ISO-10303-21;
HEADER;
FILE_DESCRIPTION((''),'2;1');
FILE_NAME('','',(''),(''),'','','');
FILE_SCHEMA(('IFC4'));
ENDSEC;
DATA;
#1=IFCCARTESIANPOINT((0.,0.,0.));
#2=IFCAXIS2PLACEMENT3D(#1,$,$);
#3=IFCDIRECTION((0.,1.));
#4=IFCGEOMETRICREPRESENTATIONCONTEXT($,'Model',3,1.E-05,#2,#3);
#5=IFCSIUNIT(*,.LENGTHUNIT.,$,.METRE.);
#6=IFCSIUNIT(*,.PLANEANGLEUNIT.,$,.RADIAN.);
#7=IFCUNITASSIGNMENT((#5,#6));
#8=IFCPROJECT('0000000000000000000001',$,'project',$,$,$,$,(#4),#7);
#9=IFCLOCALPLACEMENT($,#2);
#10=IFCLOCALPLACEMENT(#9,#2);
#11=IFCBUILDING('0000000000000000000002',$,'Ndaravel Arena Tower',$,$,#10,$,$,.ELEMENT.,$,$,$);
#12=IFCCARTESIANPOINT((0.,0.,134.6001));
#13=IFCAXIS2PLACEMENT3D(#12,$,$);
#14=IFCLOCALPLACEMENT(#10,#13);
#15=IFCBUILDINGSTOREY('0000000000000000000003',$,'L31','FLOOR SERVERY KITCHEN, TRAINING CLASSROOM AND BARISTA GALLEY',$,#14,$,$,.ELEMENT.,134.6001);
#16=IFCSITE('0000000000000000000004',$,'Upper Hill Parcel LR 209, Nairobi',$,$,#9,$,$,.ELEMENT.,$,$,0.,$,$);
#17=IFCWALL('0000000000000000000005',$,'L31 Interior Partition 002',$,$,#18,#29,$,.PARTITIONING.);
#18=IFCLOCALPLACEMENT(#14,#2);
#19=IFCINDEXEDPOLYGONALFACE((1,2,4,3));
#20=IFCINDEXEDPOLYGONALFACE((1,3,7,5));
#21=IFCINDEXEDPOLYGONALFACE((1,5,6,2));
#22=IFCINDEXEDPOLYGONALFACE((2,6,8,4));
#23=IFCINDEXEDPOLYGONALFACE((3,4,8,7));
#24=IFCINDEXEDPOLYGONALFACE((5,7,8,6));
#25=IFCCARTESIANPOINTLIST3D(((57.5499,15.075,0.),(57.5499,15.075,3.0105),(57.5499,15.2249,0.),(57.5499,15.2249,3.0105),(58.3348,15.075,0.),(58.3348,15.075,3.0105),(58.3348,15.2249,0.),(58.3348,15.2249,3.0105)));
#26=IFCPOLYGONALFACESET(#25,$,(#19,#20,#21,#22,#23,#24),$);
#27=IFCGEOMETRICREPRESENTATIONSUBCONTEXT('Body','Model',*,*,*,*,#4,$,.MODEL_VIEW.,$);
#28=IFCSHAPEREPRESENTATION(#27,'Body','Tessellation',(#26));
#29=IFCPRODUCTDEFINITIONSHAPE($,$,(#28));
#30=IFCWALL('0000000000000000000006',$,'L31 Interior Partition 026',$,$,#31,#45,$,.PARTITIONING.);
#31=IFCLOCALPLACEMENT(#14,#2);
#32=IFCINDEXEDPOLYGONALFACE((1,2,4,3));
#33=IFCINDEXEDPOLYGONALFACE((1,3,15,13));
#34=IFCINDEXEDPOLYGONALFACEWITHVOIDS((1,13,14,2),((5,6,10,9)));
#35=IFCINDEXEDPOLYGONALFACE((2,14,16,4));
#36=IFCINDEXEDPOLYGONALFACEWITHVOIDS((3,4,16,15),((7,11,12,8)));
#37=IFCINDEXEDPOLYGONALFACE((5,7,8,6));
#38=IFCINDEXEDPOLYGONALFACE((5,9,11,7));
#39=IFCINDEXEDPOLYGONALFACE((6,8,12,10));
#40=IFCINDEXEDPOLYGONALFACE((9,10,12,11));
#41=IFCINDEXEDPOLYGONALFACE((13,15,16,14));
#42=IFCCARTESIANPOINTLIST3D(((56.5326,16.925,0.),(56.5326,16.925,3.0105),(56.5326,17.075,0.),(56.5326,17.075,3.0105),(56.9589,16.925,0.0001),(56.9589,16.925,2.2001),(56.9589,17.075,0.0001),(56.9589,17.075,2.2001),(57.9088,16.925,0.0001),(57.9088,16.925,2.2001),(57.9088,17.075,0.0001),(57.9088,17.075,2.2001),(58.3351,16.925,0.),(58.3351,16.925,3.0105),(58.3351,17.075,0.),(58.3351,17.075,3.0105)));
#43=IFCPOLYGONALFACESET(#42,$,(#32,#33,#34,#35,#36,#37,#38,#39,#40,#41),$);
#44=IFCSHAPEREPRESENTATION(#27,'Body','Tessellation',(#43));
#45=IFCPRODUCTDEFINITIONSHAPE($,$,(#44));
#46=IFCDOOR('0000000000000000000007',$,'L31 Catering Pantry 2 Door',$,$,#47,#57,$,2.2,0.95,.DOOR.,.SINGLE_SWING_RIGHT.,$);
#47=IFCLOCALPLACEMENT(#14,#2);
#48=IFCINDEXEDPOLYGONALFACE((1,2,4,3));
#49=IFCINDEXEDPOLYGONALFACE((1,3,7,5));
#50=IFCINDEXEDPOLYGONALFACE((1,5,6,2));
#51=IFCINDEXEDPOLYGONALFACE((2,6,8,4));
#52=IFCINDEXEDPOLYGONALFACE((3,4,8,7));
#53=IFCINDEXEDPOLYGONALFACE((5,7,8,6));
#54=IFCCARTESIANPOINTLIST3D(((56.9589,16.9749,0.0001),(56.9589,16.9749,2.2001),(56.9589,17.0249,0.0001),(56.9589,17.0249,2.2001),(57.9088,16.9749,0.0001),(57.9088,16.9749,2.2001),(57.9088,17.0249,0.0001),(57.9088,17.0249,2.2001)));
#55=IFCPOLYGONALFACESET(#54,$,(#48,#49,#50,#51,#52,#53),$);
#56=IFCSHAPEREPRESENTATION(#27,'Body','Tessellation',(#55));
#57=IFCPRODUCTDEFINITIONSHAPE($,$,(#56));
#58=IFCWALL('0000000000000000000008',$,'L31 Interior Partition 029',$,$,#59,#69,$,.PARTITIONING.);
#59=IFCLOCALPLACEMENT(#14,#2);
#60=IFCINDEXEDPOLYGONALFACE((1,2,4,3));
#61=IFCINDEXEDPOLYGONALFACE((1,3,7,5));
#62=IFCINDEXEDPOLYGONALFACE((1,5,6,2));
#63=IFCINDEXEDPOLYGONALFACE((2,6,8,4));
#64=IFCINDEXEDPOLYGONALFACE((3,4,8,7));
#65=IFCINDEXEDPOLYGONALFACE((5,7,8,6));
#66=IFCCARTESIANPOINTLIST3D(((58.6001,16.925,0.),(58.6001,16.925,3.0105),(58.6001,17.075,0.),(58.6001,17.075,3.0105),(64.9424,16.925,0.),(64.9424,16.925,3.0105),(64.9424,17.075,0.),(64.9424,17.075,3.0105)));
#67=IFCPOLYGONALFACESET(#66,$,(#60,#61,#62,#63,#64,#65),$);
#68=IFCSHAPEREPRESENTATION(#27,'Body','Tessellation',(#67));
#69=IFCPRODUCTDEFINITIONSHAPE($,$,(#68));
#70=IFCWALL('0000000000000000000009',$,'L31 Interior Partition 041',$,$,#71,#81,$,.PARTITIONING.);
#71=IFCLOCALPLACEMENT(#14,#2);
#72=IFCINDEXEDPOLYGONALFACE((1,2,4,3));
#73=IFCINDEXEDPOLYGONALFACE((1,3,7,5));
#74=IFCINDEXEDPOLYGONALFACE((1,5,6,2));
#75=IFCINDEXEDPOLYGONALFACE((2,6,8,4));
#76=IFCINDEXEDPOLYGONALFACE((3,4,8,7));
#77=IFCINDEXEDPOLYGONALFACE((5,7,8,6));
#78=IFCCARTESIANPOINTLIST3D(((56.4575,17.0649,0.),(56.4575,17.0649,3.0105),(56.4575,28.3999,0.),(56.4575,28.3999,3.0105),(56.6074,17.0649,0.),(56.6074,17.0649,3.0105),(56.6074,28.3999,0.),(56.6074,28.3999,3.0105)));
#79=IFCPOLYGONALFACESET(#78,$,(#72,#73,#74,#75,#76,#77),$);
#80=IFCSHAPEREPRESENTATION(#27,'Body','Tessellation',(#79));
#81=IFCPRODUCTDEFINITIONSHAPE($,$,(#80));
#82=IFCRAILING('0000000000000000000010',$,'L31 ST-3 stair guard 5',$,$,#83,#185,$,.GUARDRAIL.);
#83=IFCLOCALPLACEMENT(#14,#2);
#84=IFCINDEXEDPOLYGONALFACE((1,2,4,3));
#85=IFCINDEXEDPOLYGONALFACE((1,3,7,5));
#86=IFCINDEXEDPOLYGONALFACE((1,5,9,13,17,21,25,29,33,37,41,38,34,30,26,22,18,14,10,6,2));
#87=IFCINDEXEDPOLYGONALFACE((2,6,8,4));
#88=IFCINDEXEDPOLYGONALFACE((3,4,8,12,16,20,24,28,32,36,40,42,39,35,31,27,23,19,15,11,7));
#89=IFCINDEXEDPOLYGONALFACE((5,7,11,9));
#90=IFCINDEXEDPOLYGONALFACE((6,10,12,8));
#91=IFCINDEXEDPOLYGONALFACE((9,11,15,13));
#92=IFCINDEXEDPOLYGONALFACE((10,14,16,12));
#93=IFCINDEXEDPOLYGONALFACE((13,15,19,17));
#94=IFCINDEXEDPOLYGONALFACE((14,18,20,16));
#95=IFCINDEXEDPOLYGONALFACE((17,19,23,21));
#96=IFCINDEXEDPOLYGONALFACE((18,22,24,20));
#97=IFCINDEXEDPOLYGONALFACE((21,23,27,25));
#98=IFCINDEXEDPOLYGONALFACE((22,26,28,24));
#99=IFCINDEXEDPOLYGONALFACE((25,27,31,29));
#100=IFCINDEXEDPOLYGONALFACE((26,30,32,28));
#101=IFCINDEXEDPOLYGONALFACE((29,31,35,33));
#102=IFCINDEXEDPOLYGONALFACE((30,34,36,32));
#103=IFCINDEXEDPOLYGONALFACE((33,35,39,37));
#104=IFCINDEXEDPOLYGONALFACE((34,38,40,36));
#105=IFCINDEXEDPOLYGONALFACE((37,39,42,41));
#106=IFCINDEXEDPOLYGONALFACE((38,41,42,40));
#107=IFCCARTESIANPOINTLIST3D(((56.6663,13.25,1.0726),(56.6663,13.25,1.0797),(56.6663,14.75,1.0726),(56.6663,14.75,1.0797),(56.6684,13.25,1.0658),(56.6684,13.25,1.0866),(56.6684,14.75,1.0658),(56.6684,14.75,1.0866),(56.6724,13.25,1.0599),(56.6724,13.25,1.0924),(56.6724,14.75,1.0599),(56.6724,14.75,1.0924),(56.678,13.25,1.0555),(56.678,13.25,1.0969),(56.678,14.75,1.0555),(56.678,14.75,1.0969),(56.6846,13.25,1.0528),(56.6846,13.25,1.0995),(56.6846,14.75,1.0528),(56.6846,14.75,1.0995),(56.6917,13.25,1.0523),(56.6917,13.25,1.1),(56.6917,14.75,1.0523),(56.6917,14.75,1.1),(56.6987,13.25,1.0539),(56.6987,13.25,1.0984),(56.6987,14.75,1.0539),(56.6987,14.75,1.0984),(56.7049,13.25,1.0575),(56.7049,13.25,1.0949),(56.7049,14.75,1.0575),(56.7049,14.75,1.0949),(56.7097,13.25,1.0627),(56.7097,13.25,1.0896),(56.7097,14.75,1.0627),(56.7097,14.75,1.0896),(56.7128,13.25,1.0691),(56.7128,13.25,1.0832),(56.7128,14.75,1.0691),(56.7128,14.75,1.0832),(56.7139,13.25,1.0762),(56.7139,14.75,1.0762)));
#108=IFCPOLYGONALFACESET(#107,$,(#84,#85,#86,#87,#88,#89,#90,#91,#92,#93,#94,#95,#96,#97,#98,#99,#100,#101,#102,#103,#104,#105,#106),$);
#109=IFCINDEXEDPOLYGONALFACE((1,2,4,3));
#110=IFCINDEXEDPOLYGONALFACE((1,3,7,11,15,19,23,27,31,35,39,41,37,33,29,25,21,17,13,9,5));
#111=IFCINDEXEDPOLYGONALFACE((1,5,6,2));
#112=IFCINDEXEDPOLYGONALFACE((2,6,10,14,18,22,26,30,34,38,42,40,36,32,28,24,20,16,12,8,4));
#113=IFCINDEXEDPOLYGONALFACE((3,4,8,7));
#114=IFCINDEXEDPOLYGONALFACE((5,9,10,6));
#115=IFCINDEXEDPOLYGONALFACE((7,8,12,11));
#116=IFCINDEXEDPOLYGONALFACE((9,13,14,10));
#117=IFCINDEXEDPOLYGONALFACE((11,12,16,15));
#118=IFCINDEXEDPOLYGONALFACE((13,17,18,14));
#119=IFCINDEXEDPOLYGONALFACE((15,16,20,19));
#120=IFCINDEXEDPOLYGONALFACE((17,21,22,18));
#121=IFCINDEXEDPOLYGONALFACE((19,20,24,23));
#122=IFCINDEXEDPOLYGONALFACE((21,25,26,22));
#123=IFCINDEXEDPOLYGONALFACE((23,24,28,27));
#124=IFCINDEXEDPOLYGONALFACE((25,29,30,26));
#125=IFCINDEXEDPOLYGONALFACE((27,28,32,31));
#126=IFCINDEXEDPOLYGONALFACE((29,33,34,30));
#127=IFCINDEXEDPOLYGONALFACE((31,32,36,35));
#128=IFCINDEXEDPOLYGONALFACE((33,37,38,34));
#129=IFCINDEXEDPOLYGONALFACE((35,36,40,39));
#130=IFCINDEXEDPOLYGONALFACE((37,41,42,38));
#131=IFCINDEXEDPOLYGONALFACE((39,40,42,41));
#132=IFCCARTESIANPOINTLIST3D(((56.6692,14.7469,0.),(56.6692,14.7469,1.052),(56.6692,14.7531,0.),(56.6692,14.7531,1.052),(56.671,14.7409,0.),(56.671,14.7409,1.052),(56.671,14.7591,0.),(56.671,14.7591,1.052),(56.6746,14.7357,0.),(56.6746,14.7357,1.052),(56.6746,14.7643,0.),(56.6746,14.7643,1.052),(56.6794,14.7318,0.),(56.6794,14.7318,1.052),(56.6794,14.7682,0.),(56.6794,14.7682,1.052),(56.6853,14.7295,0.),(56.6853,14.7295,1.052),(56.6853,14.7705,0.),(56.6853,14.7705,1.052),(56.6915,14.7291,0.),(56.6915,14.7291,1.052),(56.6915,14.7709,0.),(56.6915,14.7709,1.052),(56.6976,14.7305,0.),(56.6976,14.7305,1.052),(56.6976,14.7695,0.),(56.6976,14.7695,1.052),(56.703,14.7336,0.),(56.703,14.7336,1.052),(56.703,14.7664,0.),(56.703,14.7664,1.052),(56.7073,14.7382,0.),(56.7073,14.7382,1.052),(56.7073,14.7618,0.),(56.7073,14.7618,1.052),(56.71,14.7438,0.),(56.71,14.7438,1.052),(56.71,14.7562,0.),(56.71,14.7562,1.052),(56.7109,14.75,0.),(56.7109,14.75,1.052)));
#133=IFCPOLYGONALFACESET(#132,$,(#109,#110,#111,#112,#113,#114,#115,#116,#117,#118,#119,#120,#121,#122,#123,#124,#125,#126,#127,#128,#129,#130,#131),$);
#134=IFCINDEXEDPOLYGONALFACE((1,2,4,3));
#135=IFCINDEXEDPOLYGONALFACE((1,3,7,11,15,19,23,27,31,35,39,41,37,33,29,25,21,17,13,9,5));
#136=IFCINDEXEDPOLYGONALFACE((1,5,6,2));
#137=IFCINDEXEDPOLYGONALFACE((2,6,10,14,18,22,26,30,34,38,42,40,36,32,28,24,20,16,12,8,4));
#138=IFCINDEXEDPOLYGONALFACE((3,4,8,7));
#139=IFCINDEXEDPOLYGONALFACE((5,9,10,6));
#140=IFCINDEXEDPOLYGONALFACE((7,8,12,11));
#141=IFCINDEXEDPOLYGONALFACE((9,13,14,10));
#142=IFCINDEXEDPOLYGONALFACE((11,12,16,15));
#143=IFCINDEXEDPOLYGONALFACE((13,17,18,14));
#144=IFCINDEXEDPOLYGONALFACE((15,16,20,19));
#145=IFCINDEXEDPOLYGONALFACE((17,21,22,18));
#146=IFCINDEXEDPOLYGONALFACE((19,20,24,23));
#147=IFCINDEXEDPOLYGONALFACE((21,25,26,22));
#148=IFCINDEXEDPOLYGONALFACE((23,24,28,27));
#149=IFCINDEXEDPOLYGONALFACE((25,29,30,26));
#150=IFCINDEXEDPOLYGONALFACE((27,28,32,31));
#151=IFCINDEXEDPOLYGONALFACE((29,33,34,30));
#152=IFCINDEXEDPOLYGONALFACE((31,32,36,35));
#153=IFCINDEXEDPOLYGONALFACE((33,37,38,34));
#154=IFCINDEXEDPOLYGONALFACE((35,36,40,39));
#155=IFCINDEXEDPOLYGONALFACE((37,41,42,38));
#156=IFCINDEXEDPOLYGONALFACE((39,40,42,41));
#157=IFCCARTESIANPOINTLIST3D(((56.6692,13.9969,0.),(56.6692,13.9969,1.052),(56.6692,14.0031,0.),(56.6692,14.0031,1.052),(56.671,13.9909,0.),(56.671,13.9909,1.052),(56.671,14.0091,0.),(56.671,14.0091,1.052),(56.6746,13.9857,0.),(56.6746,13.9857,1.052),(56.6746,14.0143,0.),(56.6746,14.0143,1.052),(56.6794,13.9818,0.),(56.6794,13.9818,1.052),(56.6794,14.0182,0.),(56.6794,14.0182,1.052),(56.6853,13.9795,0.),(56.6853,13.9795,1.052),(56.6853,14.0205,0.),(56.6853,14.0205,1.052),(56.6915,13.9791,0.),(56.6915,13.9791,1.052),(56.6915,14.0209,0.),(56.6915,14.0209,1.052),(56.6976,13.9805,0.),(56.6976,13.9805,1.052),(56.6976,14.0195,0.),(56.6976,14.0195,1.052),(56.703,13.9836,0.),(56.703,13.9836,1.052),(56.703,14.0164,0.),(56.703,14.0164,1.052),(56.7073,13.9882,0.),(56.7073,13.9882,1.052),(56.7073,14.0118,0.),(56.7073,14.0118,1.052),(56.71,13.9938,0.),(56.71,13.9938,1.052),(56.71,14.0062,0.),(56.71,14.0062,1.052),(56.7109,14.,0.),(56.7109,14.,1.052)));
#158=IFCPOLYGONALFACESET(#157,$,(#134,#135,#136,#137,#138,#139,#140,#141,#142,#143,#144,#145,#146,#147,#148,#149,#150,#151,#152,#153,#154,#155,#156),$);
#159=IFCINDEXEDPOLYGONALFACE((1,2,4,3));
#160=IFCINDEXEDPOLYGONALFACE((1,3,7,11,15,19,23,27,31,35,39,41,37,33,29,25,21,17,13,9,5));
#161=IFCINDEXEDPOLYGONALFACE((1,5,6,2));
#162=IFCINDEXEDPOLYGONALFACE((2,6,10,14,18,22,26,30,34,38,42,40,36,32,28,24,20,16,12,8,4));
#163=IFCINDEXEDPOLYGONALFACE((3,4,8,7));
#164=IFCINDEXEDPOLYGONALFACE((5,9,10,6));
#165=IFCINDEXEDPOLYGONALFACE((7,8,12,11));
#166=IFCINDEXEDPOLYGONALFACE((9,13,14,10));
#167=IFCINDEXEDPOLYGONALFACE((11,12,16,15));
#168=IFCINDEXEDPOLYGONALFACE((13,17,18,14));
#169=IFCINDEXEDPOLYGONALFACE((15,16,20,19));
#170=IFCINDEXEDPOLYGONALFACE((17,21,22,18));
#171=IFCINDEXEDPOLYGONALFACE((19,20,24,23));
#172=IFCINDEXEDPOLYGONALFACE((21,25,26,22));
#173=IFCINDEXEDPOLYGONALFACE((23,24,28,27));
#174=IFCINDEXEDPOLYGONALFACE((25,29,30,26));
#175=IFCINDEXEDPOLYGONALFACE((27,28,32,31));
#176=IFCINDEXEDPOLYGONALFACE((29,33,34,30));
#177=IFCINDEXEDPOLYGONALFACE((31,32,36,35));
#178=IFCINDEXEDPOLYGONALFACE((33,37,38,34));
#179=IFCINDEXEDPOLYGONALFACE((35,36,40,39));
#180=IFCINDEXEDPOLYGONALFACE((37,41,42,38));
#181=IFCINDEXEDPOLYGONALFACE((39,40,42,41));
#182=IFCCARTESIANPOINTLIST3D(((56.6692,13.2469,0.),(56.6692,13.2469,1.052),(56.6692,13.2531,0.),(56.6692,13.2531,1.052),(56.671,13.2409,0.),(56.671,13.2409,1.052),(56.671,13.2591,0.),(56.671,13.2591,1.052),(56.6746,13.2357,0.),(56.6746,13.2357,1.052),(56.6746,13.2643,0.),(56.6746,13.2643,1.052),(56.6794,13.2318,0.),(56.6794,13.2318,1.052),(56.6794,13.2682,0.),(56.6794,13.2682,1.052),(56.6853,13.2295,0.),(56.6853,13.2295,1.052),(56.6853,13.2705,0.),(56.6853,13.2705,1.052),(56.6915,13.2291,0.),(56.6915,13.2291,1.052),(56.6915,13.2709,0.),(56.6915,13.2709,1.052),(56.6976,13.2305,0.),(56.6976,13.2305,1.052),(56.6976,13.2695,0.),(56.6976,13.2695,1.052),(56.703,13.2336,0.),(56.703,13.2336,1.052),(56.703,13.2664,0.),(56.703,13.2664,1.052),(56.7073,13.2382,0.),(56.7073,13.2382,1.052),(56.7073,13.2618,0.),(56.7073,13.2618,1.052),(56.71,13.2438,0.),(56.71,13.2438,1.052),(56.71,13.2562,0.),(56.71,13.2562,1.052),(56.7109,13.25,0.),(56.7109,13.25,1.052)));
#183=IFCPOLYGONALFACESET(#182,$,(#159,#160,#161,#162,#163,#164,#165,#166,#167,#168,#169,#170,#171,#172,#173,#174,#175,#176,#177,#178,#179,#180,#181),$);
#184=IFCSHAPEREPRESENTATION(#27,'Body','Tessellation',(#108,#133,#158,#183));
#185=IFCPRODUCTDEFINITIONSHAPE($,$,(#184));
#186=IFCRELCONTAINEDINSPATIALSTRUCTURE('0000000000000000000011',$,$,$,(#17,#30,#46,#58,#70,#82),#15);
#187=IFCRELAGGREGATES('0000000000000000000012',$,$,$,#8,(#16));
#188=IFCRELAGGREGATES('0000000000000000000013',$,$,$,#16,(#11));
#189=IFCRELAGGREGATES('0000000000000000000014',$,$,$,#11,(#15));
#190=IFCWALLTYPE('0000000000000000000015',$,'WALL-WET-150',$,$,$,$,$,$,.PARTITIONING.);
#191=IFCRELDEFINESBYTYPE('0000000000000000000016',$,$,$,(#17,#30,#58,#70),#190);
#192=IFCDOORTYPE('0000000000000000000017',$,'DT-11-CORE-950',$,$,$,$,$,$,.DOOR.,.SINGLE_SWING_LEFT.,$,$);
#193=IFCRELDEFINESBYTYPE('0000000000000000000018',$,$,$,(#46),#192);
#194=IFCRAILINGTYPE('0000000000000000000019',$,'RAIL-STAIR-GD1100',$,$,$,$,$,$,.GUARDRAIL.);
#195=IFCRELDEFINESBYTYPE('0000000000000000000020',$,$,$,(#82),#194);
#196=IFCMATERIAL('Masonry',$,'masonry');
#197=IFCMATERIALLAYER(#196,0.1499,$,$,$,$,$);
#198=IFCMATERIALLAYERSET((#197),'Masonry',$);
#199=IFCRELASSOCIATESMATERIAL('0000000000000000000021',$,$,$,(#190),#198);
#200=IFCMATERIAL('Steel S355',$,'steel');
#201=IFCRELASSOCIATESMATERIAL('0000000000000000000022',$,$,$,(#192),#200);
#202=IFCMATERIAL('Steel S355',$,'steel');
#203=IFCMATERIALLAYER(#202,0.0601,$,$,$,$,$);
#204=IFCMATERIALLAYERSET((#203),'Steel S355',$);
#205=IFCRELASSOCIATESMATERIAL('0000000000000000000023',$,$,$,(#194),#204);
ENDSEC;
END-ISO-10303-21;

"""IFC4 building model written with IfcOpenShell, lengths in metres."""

from ifc_helpers import new_model, si_unit, direction, frame, frame_2d, origin, origin_2d, place, context, subcontext, project, spatial, rectangle, circle, extrude, material, layer, layer_set, type_object, element, fill, save


model = new_model("IFC4")

# Units and contexts
model_context = context("Model", 3, precision=1e-05, world=origin(), true_north=direction((0.0, 1.0)))
body_context = subcontext(model_context, "Body", "Model", "MODEL_VIEW")
ifc_project = project(units=[si_unit("LENGTHUNIT", "METRE"), si_unit("PLANEANGLEUNIT", "RADIAN")], contexts=[model_context])

# Site, building, storey
site_placement = place(None, origin())
site = spatial("IfcSite", under=ifc_project, at=site_placement, Name="Upper Hill Parcel LR 209, Nairobi", CompositionType="ELEMENT", RefElevation=0.0)
building_placement = place(site_placement, origin())
building = spatial("IfcBuilding", under=site, at=building_placement, Name="Ndaravel Arena Tower", CompositionType="ELEMENT")
storey_placement = place(building_placement, frame((0.0, 0.0, 134.6001)))
storey = spatial("IfcBuildingStorey", under=building, at=storey_placement, Name="L31", Description="FLOOR SERVERY KITCHEN, TRAINING CLASSROOM AND BARISTA GALLEY", CompositionType="ELEMENT", Elevation=134.6001)

# Shared definitions
ifc_material_1 = material(Name="Masonry", Category="masonry")
ifc_layer_1 = layer(ifc_material_1, 0.1499)
ifc_layer_set_1 = layer_set([ifc_layer_1], Name="Masonry")
wall_type_1 = type_object("IfcWallType", Name="WALL-WET-150", PredefinedType="PARTITIONING", material=ifc_layer_set_1)
ifc_material_2 = material(Name="Steel S355", Category="steel")
door_type = type_object("IfcDoorType", Name="DT-11-CORE-950", OperationType="SINGLE_SWING_LEFT", PredefinedType="DOOR", material=ifc_material_2)

# Wall
wall_1_placement = place(storey_placement, frame((58.335, 15.1499, 0.0), z_axis=(0.0, 0.0, 1.0), x_axis=(-1.0, 0.0, 0.0)))
element("IfcWall", 1, at=wall_1_placement, inside=storey, type_object=wall_type_1, Name="L31 Interior Partition 002", PredefinedType="PARTITIONING", context=body_context, shape_type="SweptSolid", body=[
    extrude(rectangle(XDim=0.7849, YDim=0.1499, at=frame_2d((0.3926, 0.0))), origin(), (0.0, 0.0, 1.0), 3.0105),
])

# Wall, opening, door
wall_2_placement = place(storey_placement, frame((56.5325, 17.0, 0.0), z_axis=(0.0, 0.0, 1.0), x_axis=(1.0, 0.0, 0.0)))
wall_2 = element("IfcWall", 2, at=wall_2_placement, inside=storey, type_object=wall_type_1, Name="L31 Interior Partition 026", PredefinedType="PARTITIONING", context=body_context, shape_type="SweptSolid", body=[
    extrude(rectangle(XDim=1.8025, YDim=0.1499, at=frame_2d((0.9014, 0.0))), origin(), (0.0, 0.0, 1.0), 3.0105),
])
opening_1_placement = place(wall_2_placement, frame((0.4263, 0.0, 0.0)))
opening_1 = element("IfcOpeningElement", 3, at=opening_1_placement, cuts=wall_2, PredefinedType="OPENING", context=body_context, shape_type="SweptSolid", body=[
    extrude(rectangle(XDim=0.95, YDim=2.2, at=frame_2d((0.4751, 1.1001))), frame((0.0, 0.075, 0.0), z_axis=(0.0, -1.0, 0.0), x_axis=(1.0, 0.0, 0.0)), (0.0, 0.0, 1.0), 0.1499),
])
door_1_placement = place(opening_1_placement, origin())
door_1 = element("IfcDoor", 4, at=door_1_placement, inside=storey, type_object=door_type, Name="L31 Catering Pantry 2 Door", OperationType="SINGLE_SWING_RIGHT", OverallHeight=2.2, OverallWidth=0.95, PredefinedType="DOOR", context=body_context, shape_type="SweptSolid", body=[
    extrude(rectangle(XDim=0.95, YDim=2.2, at=frame_2d((0.4751, 1.1001))), frame((0.0, 0.0249, 0.0), z_axis=(0.0, -1.0, 0.0), x_axis=(1.0, 0.0, 0.0)), (0.0, 0.0, 1.0), 0.05),
])
fill(opening_1, door_1)

# Walls
wall_3_placement = place(storey_placement, frame((58.6001, 17.0, 0.0), z_axis=(0.0, 0.0, 1.0), x_axis=(1.0, 0.0, 0.0)))
element("IfcWall", 5, at=wall_3_placement, inside=storey, type_object=wall_type_1, Name="L31 Interior Partition 029", PredefinedType="PARTITIONING", context=body_context, shape_type="SweptSolid", body=[
    extrude(rectangle(XDim=6.3423, YDim=0.1499, at=frame_2d((3.1711, 0.0))), origin(), (0.0, 0.0, 1.0), 3.0105),
])
wall_4_placement = place(storey_placement, frame((56.5325, 17.0649, 0.0), z_axis=(0.0, 0.0, 1.0), x_axis=(0.0, 1.0, 0.0)))
element("IfcWall", 6, at=wall_4_placement, inside=storey, type_object=wall_type_1, Name="L31 Interior Partition 041", PredefinedType="PARTITIONING", context=body_context, shape_type="SweptSolid", body=[
    extrude(rectangle(XDim=11.335, YDim=0.1499, at=frame_2d((5.6675, 0.0))), origin(), (0.0, 0.0, 1.0), 3.0105),
])

# Railing
ifc_material_3 = material(Name="Steel S355", Category="steel")
ifc_layer_2 = layer(ifc_material_3, 0.0601)
ifc_layer_set_2 = layer_set([ifc_layer_2], Name="Steel S355")
railing_type = type_object("IfcRailingType", Name="RAIL-STAIR-GD1100", PredefinedType="GUARDRAIL", material=ifc_layer_set_2)
railing_placement = place(storey_placement, frame((56.6899, 14.75, 0.0)))
element("IfcRailing", 7, at=railing_placement, inside=storey, type_object=railing_type, Name="L31 ST-3 stair guard 5", PredefinedType="GUARDRAIL", context=body_context, shape_type="SweptSolid", body=[
    extrude(circle(Radius=0.0239, at=origin_2d()), frame((0.0, 0.0, 1.0762), z_axis=(0.0, -1.0, 0.0), x_axis=(1.0, 0.0, 0.0)), (0.0, 0.0, 1.0), 1.5),
    extrude(circle(Radius=0.021, at=origin_2d()), origin(), (0.0, 0.0, 1.0), 1.052),
    extrude(circle(Radius=0.021, at=origin_2d()), frame((0.0, -0.75, 0.0)), (0.0, 0.0, 1.0), 1.052),
    extrude(circle(Radius=0.021, at=origin_2d()), frame((0.0, -1.5, 0.0)), (0.0, 0.0, 1.0), 1.052),
])

save(model, "model.ifc")
